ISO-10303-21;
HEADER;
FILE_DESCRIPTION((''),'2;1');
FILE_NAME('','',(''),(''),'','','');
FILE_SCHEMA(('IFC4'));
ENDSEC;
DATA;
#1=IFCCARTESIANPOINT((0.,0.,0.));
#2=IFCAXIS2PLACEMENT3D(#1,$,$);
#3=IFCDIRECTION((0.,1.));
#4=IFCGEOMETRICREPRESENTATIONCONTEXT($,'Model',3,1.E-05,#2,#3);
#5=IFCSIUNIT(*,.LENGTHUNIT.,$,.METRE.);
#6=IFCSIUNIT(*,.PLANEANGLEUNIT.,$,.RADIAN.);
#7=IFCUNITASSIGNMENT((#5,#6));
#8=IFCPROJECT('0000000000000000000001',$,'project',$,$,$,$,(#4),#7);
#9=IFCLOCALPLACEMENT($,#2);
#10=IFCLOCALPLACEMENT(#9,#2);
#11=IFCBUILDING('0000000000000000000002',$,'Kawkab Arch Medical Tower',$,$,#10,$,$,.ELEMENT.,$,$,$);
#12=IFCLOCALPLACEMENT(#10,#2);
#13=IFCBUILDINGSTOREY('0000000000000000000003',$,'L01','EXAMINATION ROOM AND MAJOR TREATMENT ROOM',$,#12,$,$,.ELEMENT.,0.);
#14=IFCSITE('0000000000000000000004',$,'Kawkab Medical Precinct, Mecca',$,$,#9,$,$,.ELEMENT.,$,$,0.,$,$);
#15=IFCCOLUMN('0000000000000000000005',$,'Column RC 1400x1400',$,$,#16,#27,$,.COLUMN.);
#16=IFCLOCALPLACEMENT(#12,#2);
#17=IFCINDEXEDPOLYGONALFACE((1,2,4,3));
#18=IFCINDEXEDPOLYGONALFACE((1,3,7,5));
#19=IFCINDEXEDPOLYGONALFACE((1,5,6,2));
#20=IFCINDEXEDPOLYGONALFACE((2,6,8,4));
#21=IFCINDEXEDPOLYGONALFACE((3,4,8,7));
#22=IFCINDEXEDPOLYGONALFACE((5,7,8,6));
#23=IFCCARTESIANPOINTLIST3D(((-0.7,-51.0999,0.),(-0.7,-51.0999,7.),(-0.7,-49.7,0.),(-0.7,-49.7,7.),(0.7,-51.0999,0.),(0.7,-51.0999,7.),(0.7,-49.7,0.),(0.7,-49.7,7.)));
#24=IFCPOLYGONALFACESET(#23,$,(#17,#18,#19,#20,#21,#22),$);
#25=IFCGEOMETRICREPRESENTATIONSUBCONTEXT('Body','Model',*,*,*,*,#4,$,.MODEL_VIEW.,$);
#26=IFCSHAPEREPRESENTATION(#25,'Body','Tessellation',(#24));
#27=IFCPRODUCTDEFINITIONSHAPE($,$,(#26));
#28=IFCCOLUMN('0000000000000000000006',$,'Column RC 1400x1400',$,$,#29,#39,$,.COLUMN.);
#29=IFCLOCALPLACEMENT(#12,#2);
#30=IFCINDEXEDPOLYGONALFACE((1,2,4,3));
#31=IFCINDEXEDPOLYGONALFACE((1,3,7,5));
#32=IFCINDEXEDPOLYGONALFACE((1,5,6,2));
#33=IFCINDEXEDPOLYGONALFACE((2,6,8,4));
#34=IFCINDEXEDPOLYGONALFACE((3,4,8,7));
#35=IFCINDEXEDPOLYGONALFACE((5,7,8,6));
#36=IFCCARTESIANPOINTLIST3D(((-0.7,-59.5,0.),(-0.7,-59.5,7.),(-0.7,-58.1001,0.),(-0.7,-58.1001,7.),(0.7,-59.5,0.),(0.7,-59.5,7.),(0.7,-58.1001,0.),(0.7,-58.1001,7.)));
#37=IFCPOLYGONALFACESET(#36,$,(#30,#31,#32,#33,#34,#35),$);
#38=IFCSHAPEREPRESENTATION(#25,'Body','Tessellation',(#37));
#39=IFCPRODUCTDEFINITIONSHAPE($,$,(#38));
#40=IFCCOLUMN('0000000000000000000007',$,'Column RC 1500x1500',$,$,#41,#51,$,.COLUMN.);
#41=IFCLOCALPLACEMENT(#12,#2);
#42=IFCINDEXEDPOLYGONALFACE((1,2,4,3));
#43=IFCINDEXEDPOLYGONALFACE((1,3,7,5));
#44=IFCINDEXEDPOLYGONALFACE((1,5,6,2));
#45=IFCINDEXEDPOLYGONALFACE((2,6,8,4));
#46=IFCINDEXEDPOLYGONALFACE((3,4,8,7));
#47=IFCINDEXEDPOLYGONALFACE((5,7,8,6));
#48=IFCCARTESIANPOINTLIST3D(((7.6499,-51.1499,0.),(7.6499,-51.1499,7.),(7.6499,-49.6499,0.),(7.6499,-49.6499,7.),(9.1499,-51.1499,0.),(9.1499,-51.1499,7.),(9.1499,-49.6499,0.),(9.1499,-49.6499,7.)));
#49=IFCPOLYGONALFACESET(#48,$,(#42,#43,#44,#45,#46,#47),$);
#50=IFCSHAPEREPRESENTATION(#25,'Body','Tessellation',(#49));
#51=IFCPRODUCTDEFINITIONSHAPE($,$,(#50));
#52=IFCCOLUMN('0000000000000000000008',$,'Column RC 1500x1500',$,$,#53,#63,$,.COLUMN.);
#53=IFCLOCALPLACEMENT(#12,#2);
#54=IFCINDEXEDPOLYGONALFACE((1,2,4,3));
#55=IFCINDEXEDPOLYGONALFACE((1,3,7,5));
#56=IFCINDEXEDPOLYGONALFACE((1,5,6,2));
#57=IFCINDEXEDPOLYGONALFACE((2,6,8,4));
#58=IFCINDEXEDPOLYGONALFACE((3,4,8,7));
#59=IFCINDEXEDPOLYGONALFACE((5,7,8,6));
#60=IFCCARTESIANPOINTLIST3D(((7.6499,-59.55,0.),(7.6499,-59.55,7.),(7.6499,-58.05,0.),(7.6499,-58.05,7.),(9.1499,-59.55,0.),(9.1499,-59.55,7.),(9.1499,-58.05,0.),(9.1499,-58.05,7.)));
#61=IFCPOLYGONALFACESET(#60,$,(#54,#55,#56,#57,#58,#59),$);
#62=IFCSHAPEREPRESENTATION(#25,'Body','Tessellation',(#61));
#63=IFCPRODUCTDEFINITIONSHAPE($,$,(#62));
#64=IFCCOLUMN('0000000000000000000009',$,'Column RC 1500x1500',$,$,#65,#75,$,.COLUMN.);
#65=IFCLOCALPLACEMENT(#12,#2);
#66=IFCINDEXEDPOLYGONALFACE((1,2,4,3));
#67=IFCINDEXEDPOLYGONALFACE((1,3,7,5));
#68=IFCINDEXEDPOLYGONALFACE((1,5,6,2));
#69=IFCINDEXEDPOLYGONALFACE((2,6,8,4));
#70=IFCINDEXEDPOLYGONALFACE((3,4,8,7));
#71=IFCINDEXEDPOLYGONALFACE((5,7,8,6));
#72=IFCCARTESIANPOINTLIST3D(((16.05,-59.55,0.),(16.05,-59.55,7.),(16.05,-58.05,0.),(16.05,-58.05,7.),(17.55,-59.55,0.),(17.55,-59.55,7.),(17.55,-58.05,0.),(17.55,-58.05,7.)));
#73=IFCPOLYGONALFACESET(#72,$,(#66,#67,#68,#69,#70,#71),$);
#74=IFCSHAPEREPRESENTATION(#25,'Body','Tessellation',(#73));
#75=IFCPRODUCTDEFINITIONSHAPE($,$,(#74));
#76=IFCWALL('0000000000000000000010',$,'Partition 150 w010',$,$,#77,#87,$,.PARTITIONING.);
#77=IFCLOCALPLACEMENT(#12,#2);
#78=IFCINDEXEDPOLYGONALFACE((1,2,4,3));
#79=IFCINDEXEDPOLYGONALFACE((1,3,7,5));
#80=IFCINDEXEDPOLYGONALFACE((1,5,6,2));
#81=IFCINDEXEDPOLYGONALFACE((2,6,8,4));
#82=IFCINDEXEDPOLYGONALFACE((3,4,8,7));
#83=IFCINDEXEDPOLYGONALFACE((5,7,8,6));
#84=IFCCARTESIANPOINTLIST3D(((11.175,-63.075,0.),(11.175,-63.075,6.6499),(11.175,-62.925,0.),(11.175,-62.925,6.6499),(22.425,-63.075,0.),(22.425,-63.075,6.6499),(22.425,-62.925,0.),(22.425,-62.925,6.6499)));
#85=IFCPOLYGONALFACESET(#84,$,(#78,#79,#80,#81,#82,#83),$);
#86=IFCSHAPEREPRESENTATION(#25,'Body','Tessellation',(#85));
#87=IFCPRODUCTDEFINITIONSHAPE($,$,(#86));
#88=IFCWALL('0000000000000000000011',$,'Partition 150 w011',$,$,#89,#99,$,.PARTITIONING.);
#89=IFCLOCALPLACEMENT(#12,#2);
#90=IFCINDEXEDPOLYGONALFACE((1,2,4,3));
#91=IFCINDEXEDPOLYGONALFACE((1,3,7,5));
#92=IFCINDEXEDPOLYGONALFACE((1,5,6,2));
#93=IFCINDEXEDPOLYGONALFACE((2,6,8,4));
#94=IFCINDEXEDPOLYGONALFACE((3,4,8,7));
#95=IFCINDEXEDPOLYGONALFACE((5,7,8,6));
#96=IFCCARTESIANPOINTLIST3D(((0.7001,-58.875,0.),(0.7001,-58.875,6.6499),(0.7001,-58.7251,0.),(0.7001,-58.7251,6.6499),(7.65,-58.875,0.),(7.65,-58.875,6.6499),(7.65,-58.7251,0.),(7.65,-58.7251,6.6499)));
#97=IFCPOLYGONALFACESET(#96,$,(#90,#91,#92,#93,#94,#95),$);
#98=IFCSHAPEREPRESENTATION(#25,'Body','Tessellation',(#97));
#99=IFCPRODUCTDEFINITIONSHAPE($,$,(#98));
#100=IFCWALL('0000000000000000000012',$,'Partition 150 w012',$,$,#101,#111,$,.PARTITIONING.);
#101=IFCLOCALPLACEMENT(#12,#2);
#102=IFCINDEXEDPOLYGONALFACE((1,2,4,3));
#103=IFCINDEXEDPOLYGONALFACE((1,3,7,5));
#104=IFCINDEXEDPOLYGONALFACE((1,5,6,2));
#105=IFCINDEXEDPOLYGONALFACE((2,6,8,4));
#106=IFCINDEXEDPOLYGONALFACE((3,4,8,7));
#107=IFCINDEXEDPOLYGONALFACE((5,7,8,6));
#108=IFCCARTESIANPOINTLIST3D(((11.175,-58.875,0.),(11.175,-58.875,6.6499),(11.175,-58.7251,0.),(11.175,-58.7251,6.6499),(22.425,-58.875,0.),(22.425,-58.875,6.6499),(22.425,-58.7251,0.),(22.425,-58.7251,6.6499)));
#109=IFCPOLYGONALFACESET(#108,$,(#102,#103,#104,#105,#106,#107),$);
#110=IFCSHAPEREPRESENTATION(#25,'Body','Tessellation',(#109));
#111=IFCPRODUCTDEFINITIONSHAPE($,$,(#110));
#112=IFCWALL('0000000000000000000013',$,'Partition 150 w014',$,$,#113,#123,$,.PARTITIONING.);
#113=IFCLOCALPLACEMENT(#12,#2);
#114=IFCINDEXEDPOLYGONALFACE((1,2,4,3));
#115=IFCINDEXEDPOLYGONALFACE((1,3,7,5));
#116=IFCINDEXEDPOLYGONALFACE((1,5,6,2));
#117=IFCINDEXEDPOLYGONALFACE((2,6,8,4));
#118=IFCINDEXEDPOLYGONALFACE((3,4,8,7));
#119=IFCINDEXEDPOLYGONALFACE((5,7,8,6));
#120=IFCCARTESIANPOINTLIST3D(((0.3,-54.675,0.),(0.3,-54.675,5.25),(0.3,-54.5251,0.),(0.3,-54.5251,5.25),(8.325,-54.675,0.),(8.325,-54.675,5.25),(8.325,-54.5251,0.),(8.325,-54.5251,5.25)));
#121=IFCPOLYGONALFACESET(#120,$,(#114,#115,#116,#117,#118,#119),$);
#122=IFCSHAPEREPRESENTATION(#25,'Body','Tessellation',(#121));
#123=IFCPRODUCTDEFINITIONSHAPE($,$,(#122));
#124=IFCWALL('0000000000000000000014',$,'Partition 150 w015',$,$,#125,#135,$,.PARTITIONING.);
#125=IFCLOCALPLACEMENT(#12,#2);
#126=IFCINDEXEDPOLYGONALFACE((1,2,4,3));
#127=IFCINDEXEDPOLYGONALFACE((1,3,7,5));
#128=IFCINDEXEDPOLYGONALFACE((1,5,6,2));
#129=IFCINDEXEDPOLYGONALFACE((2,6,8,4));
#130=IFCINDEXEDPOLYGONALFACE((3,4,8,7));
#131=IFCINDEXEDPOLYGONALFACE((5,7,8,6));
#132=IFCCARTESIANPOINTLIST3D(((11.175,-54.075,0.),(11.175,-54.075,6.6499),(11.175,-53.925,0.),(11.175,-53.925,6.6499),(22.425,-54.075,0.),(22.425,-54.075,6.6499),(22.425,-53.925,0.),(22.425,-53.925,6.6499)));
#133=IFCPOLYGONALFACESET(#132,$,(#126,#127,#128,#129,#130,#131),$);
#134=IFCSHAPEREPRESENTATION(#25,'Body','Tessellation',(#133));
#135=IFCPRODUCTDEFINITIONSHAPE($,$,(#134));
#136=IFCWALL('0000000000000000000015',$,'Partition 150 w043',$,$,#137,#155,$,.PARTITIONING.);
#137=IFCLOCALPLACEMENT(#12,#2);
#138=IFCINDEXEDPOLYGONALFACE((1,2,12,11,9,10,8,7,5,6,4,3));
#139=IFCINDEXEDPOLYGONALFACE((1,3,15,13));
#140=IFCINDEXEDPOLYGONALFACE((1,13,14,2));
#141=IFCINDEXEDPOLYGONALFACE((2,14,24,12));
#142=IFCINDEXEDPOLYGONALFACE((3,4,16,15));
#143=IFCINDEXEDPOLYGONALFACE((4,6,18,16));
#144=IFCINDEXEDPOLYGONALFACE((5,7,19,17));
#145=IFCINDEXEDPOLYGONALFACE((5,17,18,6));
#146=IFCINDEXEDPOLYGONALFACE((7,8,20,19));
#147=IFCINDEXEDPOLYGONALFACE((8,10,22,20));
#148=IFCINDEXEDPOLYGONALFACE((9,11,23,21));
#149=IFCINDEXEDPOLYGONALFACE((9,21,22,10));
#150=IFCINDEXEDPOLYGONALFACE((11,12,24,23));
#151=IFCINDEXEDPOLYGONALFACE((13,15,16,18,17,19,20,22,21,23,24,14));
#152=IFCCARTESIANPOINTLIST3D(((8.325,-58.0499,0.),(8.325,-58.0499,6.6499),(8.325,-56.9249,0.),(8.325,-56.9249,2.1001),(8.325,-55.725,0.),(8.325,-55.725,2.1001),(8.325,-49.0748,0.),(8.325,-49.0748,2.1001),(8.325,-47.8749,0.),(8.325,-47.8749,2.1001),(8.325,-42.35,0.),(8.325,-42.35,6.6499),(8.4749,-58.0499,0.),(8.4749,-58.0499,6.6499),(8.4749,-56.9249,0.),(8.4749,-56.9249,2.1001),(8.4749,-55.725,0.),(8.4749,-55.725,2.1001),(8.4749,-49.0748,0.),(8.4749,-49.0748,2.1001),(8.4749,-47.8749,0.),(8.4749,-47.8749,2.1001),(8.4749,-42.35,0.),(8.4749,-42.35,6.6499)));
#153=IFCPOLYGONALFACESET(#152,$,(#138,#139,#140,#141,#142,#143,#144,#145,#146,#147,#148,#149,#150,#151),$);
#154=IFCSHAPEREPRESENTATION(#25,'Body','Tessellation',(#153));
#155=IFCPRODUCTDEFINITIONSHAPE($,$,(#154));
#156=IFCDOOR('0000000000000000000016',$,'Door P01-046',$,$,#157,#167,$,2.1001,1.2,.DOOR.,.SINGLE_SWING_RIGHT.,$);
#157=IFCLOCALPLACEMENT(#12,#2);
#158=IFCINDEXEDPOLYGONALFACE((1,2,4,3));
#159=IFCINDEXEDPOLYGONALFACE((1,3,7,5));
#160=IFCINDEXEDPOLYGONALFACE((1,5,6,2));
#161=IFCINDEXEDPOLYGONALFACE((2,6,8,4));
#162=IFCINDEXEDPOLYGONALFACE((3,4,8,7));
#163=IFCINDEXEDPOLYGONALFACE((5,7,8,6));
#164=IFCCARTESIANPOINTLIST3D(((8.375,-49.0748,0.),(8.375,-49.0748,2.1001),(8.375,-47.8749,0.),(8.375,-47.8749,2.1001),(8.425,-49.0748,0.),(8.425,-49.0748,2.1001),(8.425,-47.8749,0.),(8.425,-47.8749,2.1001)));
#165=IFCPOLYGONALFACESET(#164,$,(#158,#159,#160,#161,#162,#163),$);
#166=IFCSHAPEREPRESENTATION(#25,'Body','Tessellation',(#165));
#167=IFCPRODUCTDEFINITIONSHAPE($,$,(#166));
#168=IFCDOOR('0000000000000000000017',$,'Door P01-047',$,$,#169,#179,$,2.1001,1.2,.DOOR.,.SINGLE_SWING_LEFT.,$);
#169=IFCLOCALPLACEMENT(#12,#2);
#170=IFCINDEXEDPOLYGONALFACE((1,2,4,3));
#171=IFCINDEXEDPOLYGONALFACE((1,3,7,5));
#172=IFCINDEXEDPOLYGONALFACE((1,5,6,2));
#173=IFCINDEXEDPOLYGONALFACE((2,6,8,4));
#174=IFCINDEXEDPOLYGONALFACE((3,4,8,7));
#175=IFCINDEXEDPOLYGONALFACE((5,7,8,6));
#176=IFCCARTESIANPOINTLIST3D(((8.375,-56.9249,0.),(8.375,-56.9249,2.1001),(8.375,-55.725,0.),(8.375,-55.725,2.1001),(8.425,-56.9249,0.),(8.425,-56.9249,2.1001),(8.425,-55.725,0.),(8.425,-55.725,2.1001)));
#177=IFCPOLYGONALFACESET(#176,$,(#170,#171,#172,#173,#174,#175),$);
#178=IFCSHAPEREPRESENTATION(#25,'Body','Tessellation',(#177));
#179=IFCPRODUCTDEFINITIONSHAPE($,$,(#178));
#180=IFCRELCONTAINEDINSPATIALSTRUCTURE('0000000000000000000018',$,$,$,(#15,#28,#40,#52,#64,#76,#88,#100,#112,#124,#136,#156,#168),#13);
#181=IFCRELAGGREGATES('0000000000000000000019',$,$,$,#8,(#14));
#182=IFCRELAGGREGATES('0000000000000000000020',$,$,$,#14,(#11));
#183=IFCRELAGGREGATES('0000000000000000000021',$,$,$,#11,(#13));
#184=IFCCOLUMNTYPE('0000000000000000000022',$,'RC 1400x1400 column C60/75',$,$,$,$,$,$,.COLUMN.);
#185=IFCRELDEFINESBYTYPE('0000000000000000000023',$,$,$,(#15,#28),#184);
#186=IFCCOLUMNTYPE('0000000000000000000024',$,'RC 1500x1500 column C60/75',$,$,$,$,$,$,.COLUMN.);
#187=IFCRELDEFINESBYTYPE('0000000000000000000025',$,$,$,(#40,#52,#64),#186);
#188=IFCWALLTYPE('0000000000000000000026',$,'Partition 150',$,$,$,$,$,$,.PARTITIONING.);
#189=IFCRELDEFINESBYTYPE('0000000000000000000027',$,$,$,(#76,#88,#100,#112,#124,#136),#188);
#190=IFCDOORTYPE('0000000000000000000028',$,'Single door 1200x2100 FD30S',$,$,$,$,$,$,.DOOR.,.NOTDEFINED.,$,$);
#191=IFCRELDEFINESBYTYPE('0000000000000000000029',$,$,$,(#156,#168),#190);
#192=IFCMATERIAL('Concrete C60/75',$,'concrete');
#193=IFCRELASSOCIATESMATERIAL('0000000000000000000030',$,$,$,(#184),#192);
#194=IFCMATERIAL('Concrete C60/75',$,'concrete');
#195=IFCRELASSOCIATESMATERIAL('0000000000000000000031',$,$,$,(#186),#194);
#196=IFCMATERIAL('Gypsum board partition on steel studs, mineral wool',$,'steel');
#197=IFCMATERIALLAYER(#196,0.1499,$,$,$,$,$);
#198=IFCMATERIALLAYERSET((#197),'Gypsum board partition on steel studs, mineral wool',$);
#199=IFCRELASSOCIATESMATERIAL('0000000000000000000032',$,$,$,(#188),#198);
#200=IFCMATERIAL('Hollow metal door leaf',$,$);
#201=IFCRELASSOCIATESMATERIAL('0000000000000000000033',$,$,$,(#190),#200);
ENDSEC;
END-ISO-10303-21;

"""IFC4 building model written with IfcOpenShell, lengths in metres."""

from ifc_helpers import new_model, si_unit, direction, frame, frame_2d, origin, origin_2d, place, context, subcontext, project, spatial, rectangle, extrude, material, layer, layer_set, material_profile, profile_set, type_object, element, fill, save


model = new_model("IFC4")

# Units and contexts
model_context = context("Model", 3, precision=1e-05, world=origin(), true_north=direction((0.0, 1.0)))
body_context = subcontext(model_context, "Body", "Model", "MODEL_VIEW")
ifc_project = project(units=[si_unit("LENGTHUNIT", "METRE"), si_unit("PLANEANGLEUNIT", "RADIAN")], contexts=[model_context])

# Site, building, storey
site_placement = place(None, origin())
site = spatial("IfcSite", under=ifc_project, at=site_placement, Name="Kawkab Medical Precinct, Mecca", CompositionType="ELEMENT", RefElevation=0.0)
building_placement = place(site_placement, origin())
building = spatial("IfcBuilding", under=site, at=building_placement, Name="Kawkab Arch Medical Tower", CompositionType="ELEMENT")
storey_placement = place(building_placement, origin())
storey = spatial("IfcBuildingStorey", under=building, at=storey_placement, Name="L01", Description="EXAMINATION ROOM AND MAJOR TREATMENT ROOM", CompositionType="ELEMENT", Elevation=0.0)

# Columns
ifc_material_1 = material(Name="Concrete C60/75", Category="concrete")
ifc_material_profile_1 = material_profile(ifc_material_1, rectangle(XDim=1.3999, YDim=1.3999, at=origin_2d()), Name="RC 1400x1400")
ifc_profile_set_1 = profile_set([ifc_material_profile_1], Name="Concrete C60/75")
column_type_1 = type_object("IfcColumnType", Name="RC 1400x1400 column C60/75", PredefinedType="COLUMN", material=ifc_profile_set_1)
for number, where, z_axis, x_axis, name in (
    (1, (0.0, -50.3999, 0.0), (0.0, 0.0, 1.0), (1.0, 0.0, 0.0), "Column RC 1400x1400"),
    (2, (0.0, -58.8, 0.0), (0.0, 0.0, 1.0), (1.0, 0.0, 0.0), "Column RC 1400x1400"),
):
    element("IfcColumn", number, at=place(storey_placement, frame(where, z_axis=z_axis, x_axis=x_axis)), inside=storey, type_object=column_type_1, Name=name, PredefinedType="COLUMN", context=body_context, shape_type="SweptSolid", body=[
        extrude(rectangle(XDim=1.3999, YDim=1.3999, at=origin_2d()), origin(), (0.0, 0.0, 1.0), 7.0),
    ])
ifc_material_2 = material(Name="Concrete C60/75", Category="concrete")
ifc_material_profile_2 = material_profile(ifc_material_2, rectangle(XDim=1.5, YDim=1.5, at=origin_2d()), Name="RC 1500x1500")
ifc_profile_set_2 = profile_set([ifc_material_profile_2], Name="Concrete C60/75")
column_type_2 = type_object("IfcColumnType", Name="RC 1500x1500 column C60/75", PredefinedType="COLUMN", material=ifc_profile_set_2)
for number, where, z_axis, x_axis, name in (
    (3, (8.3999, -50.3999, 0.0), (0.0, 0.0, 1.0), (1.0, 0.0, 0.0), "Column RC 1500x1500"),
    (4, (8.3999, -58.8, 0.0), (0.0, 0.0, 1.0), (1.0, 0.0, 0.0), "Column RC 1500x1500"),
    (5, (16.8, -58.8, 0.0), (0.0, 0.0, 1.0), (1.0, 0.0, 0.0), "Column RC 1500x1500"),
):
    element("IfcColumn", number, at=place(storey_placement, frame(where, z_axis=z_axis, x_axis=x_axis)), inside=storey, type_object=column_type_2, Name=name, PredefinedType="COLUMN", context=body_context, shape_type="SweptSolid", body=[
        extrude(rectangle(XDim=1.5, YDim=1.5, at=origin_2d()), origin(), (0.0, 0.0, 1.0), 7.0),
    ])

# Walls
ifc_material_3 = material(Name="Gypsum board partition on steel studs, mineral wool", Category="steel")
ifc_layer_1 = layer(ifc_material_3, 0.1499)
ifc_layer_set_1 = layer_set([ifc_layer_1], Name="Gypsum board partition on steel studs, mineral wool")
wall_type_1 = type_object("IfcWallType", Name="Partition 150", PredefinedType="PARTITIONING", material=ifc_layer_set_1)
wall_1_placement = place(storey_placement, frame((11.175, -63.0, 0.0), z_axis=(0.0, 0.0, 1.0), x_axis=(1.0, 0.0, 0.0)))
element("IfcWall", 6, at=wall_1_placement, inside=storey, type_object=wall_type_1, Name="Partition 150 w010", PredefinedType="PARTITIONING", context=body_context, shape_type="SweptSolid", body=[
    extrude(rectangle(XDim=11.25, YDim=0.1499, at=frame_2d((5.625, 0.0))), origin(), (0.0, 0.0, 1.0), 6.6499),
])
wall_2_placement = place(storey_placement, frame((0.7, -58.8, 0.0), z_axis=(0.0, 0.0, 1.0), x_axis=(1.0, 0.0, 0.0)))
element("IfcWall", 7, at=wall_2_placement, inside=storey, type_object=wall_type_1, Name="Partition 150 w011", PredefinedType="PARTITIONING", context=body_context, shape_type="SweptSolid", body=[
    extrude(rectangle(XDim=6.95, YDim=0.1499, at=frame_2d((3.4751, 0.0))), origin(), (0.0, 0.0, 1.0), 6.6499),
])
wall_3_placement = place(storey_placement, frame((11.175, -58.8, 0.0), z_axis=(0.0, 0.0, 1.0), x_axis=(1.0, 0.0, 0.0)))
element("IfcWall", 8, at=wall_3_placement, inside=storey, type_object=wall_type_1, Name="Partition 150 w012", PredefinedType="PARTITIONING", context=body_context, shape_type="SweptSolid", body=[
    extrude(rectangle(XDim=11.25, YDim=0.1499, at=frame_2d((5.625, 0.0))), origin(), (0.0, 0.0, 1.0), 6.6499),
])
wall_4_placement = place(storey_placement, frame((0.3, -54.6001, 0.0), z_axis=(0.0, 0.0, 1.0), x_axis=(1.0, 0.0, 0.0)))
element("IfcWall", 9, at=wall_4_placement, inside=storey, type_object=wall_type_1, Name="Partition 150 w014", PredefinedType="PARTITIONING", context=body_context, shape_type="SweptSolid", body=[
    extrude(rectangle(XDim=8.0249, YDim=0.1499, at=frame_2d((4.0125, 0.0))), origin(), (0.0, 0.0, 1.0), 5.25),
])
wall_5_placement = place(storey_placement, frame((11.175, -54.0, 0.0), z_axis=(0.0, 0.0, 1.0), x_axis=(1.0, 0.0, 0.0)))
element("IfcWall", 10, at=wall_5_placement, inside=storey, type_object=wall_type_1, Name="Partition 150 w015", PredefinedType="PARTITIONING", context=body_context, shape_type="SweptSolid", body=[
    extrude(rectangle(XDim=11.25, YDim=0.1499, at=frame_2d((5.625, 0.0))), origin(), (0.0, 0.0, 1.0), 6.6499),
])

# Wall, openings, doors
wall_6_placement = place(storey_placement, frame((8.3999, -58.05, 0.0), z_axis=(0.0, 0.0, 1.0), x_axis=(0.0, 1.0, 0.0)))
wall_6 = element("IfcWall", 11, at=wall_6_placement, inside=storey, type_object=wall_type_1, Name="Partition 150 w043", PredefinedType="PARTITIONING", context=body_context, shape_type="SweptSolid", body=[
    extrude(rectangle(XDim=15.7, YDim=0.1499, at=frame_2d((7.8501, 0.0))), origin(), (0.0, 0.0, 1.0), 6.6499),
])
opening_1_placement = place(wall_6_placement, frame((8.9751, 0.0, 0.0)))
opening_1 = element("IfcOpeningElement", 12, at=opening_1_placement, cuts=wall_6, PredefinedType="OPENING", context=body_context, shape_type="SweptSolid", body=[
    extrude(rectangle(XDim=1.2, YDim=2.1001, at=frame_2d((0.6001, 1.05))), frame((0.0, 0.085, 0.0), z_axis=(0.0, -1.0, 0.0), x_axis=(1.0, 0.0, 0.0)), (0.0, 0.0, 1.0), 0.1699),
])
opening_2_placement = place(wall_6_placement, frame((1.125, 0.0, 0.0)))
opening_2 = element("IfcOpeningElement", 13, at=opening_2_placement, cuts=wall_6, PredefinedType="OPENING", context=body_context, shape_type="SweptSolid", body=[
    extrude(rectangle(XDim=1.2, YDim=2.1001, at=frame_2d((0.6001, 1.05))), frame((0.0, 0.085, 0.0), z_axis=(0.0, -1.0, 0.0), x_axis=(1.0, 0.0, 0.0)), (0.0, 0.0, 1.0), 0.1699),
])
ifc_material_4 = material(Name="Hollow metal door leaf")
door_type = type_object("IfcDoorType", Name="Single door 1200x2100 FD30S", OperationType="NOTDEFINED", PredefinedType="DOOR", material=ifc_material_4)
door_1_placement = place(opening_1_placement, origin())
door_1 = element("IfcDoor", 14, at=door_1_placement, inside=storey, type_object=door_type, Name="Door P01-046", OperationType="SINGLE_SWING_RIGHT", OverallHeight=2.1001, OverallWidth=1.2, PredefinedType="DOOR", context=body_context, shape_type="SweptSolid", body=[
    extrude(rectangle(XDim=1.2, YDim=2.1001, at=frame_2d((0.6001, 1.05))), frame((0.0, 0.0249, 0.0), z_axis=(0.0, -1.0, 0.0), x_axis=(1.0, 0.0, 0.0)), (0.0, 0.0, 1.0), 0.05),
])
fill(opening_1, door_1)
door_2_placement = place(opening_2_placement, origin())
door_2 = element("IfcDoor", 15, at=door_2_placement, inside=storey, type_object=door_type, Name="Door P01-047", OperationType="SINGLE_SWING_LEFT", OverallHeight=2.1001, OverallWidth=1.2, PredefinedType="DOOR", context=body_context, shape_type="SweptSolid", body=[
    extrude(rectangle(XDim=1.2, YDim=2.1001, at=frame_2d((0.6001, 1.05))), frame((0.0, 0.0249, 0.0), z_axis=(0.0, -1.0, 0.0), x_axis=(1.0, 0.0, 0.0)), (0.0, 0.0, 1.0), 0.05),
])
fill(opening_2, door_2)

save(model, "model.ifc")
